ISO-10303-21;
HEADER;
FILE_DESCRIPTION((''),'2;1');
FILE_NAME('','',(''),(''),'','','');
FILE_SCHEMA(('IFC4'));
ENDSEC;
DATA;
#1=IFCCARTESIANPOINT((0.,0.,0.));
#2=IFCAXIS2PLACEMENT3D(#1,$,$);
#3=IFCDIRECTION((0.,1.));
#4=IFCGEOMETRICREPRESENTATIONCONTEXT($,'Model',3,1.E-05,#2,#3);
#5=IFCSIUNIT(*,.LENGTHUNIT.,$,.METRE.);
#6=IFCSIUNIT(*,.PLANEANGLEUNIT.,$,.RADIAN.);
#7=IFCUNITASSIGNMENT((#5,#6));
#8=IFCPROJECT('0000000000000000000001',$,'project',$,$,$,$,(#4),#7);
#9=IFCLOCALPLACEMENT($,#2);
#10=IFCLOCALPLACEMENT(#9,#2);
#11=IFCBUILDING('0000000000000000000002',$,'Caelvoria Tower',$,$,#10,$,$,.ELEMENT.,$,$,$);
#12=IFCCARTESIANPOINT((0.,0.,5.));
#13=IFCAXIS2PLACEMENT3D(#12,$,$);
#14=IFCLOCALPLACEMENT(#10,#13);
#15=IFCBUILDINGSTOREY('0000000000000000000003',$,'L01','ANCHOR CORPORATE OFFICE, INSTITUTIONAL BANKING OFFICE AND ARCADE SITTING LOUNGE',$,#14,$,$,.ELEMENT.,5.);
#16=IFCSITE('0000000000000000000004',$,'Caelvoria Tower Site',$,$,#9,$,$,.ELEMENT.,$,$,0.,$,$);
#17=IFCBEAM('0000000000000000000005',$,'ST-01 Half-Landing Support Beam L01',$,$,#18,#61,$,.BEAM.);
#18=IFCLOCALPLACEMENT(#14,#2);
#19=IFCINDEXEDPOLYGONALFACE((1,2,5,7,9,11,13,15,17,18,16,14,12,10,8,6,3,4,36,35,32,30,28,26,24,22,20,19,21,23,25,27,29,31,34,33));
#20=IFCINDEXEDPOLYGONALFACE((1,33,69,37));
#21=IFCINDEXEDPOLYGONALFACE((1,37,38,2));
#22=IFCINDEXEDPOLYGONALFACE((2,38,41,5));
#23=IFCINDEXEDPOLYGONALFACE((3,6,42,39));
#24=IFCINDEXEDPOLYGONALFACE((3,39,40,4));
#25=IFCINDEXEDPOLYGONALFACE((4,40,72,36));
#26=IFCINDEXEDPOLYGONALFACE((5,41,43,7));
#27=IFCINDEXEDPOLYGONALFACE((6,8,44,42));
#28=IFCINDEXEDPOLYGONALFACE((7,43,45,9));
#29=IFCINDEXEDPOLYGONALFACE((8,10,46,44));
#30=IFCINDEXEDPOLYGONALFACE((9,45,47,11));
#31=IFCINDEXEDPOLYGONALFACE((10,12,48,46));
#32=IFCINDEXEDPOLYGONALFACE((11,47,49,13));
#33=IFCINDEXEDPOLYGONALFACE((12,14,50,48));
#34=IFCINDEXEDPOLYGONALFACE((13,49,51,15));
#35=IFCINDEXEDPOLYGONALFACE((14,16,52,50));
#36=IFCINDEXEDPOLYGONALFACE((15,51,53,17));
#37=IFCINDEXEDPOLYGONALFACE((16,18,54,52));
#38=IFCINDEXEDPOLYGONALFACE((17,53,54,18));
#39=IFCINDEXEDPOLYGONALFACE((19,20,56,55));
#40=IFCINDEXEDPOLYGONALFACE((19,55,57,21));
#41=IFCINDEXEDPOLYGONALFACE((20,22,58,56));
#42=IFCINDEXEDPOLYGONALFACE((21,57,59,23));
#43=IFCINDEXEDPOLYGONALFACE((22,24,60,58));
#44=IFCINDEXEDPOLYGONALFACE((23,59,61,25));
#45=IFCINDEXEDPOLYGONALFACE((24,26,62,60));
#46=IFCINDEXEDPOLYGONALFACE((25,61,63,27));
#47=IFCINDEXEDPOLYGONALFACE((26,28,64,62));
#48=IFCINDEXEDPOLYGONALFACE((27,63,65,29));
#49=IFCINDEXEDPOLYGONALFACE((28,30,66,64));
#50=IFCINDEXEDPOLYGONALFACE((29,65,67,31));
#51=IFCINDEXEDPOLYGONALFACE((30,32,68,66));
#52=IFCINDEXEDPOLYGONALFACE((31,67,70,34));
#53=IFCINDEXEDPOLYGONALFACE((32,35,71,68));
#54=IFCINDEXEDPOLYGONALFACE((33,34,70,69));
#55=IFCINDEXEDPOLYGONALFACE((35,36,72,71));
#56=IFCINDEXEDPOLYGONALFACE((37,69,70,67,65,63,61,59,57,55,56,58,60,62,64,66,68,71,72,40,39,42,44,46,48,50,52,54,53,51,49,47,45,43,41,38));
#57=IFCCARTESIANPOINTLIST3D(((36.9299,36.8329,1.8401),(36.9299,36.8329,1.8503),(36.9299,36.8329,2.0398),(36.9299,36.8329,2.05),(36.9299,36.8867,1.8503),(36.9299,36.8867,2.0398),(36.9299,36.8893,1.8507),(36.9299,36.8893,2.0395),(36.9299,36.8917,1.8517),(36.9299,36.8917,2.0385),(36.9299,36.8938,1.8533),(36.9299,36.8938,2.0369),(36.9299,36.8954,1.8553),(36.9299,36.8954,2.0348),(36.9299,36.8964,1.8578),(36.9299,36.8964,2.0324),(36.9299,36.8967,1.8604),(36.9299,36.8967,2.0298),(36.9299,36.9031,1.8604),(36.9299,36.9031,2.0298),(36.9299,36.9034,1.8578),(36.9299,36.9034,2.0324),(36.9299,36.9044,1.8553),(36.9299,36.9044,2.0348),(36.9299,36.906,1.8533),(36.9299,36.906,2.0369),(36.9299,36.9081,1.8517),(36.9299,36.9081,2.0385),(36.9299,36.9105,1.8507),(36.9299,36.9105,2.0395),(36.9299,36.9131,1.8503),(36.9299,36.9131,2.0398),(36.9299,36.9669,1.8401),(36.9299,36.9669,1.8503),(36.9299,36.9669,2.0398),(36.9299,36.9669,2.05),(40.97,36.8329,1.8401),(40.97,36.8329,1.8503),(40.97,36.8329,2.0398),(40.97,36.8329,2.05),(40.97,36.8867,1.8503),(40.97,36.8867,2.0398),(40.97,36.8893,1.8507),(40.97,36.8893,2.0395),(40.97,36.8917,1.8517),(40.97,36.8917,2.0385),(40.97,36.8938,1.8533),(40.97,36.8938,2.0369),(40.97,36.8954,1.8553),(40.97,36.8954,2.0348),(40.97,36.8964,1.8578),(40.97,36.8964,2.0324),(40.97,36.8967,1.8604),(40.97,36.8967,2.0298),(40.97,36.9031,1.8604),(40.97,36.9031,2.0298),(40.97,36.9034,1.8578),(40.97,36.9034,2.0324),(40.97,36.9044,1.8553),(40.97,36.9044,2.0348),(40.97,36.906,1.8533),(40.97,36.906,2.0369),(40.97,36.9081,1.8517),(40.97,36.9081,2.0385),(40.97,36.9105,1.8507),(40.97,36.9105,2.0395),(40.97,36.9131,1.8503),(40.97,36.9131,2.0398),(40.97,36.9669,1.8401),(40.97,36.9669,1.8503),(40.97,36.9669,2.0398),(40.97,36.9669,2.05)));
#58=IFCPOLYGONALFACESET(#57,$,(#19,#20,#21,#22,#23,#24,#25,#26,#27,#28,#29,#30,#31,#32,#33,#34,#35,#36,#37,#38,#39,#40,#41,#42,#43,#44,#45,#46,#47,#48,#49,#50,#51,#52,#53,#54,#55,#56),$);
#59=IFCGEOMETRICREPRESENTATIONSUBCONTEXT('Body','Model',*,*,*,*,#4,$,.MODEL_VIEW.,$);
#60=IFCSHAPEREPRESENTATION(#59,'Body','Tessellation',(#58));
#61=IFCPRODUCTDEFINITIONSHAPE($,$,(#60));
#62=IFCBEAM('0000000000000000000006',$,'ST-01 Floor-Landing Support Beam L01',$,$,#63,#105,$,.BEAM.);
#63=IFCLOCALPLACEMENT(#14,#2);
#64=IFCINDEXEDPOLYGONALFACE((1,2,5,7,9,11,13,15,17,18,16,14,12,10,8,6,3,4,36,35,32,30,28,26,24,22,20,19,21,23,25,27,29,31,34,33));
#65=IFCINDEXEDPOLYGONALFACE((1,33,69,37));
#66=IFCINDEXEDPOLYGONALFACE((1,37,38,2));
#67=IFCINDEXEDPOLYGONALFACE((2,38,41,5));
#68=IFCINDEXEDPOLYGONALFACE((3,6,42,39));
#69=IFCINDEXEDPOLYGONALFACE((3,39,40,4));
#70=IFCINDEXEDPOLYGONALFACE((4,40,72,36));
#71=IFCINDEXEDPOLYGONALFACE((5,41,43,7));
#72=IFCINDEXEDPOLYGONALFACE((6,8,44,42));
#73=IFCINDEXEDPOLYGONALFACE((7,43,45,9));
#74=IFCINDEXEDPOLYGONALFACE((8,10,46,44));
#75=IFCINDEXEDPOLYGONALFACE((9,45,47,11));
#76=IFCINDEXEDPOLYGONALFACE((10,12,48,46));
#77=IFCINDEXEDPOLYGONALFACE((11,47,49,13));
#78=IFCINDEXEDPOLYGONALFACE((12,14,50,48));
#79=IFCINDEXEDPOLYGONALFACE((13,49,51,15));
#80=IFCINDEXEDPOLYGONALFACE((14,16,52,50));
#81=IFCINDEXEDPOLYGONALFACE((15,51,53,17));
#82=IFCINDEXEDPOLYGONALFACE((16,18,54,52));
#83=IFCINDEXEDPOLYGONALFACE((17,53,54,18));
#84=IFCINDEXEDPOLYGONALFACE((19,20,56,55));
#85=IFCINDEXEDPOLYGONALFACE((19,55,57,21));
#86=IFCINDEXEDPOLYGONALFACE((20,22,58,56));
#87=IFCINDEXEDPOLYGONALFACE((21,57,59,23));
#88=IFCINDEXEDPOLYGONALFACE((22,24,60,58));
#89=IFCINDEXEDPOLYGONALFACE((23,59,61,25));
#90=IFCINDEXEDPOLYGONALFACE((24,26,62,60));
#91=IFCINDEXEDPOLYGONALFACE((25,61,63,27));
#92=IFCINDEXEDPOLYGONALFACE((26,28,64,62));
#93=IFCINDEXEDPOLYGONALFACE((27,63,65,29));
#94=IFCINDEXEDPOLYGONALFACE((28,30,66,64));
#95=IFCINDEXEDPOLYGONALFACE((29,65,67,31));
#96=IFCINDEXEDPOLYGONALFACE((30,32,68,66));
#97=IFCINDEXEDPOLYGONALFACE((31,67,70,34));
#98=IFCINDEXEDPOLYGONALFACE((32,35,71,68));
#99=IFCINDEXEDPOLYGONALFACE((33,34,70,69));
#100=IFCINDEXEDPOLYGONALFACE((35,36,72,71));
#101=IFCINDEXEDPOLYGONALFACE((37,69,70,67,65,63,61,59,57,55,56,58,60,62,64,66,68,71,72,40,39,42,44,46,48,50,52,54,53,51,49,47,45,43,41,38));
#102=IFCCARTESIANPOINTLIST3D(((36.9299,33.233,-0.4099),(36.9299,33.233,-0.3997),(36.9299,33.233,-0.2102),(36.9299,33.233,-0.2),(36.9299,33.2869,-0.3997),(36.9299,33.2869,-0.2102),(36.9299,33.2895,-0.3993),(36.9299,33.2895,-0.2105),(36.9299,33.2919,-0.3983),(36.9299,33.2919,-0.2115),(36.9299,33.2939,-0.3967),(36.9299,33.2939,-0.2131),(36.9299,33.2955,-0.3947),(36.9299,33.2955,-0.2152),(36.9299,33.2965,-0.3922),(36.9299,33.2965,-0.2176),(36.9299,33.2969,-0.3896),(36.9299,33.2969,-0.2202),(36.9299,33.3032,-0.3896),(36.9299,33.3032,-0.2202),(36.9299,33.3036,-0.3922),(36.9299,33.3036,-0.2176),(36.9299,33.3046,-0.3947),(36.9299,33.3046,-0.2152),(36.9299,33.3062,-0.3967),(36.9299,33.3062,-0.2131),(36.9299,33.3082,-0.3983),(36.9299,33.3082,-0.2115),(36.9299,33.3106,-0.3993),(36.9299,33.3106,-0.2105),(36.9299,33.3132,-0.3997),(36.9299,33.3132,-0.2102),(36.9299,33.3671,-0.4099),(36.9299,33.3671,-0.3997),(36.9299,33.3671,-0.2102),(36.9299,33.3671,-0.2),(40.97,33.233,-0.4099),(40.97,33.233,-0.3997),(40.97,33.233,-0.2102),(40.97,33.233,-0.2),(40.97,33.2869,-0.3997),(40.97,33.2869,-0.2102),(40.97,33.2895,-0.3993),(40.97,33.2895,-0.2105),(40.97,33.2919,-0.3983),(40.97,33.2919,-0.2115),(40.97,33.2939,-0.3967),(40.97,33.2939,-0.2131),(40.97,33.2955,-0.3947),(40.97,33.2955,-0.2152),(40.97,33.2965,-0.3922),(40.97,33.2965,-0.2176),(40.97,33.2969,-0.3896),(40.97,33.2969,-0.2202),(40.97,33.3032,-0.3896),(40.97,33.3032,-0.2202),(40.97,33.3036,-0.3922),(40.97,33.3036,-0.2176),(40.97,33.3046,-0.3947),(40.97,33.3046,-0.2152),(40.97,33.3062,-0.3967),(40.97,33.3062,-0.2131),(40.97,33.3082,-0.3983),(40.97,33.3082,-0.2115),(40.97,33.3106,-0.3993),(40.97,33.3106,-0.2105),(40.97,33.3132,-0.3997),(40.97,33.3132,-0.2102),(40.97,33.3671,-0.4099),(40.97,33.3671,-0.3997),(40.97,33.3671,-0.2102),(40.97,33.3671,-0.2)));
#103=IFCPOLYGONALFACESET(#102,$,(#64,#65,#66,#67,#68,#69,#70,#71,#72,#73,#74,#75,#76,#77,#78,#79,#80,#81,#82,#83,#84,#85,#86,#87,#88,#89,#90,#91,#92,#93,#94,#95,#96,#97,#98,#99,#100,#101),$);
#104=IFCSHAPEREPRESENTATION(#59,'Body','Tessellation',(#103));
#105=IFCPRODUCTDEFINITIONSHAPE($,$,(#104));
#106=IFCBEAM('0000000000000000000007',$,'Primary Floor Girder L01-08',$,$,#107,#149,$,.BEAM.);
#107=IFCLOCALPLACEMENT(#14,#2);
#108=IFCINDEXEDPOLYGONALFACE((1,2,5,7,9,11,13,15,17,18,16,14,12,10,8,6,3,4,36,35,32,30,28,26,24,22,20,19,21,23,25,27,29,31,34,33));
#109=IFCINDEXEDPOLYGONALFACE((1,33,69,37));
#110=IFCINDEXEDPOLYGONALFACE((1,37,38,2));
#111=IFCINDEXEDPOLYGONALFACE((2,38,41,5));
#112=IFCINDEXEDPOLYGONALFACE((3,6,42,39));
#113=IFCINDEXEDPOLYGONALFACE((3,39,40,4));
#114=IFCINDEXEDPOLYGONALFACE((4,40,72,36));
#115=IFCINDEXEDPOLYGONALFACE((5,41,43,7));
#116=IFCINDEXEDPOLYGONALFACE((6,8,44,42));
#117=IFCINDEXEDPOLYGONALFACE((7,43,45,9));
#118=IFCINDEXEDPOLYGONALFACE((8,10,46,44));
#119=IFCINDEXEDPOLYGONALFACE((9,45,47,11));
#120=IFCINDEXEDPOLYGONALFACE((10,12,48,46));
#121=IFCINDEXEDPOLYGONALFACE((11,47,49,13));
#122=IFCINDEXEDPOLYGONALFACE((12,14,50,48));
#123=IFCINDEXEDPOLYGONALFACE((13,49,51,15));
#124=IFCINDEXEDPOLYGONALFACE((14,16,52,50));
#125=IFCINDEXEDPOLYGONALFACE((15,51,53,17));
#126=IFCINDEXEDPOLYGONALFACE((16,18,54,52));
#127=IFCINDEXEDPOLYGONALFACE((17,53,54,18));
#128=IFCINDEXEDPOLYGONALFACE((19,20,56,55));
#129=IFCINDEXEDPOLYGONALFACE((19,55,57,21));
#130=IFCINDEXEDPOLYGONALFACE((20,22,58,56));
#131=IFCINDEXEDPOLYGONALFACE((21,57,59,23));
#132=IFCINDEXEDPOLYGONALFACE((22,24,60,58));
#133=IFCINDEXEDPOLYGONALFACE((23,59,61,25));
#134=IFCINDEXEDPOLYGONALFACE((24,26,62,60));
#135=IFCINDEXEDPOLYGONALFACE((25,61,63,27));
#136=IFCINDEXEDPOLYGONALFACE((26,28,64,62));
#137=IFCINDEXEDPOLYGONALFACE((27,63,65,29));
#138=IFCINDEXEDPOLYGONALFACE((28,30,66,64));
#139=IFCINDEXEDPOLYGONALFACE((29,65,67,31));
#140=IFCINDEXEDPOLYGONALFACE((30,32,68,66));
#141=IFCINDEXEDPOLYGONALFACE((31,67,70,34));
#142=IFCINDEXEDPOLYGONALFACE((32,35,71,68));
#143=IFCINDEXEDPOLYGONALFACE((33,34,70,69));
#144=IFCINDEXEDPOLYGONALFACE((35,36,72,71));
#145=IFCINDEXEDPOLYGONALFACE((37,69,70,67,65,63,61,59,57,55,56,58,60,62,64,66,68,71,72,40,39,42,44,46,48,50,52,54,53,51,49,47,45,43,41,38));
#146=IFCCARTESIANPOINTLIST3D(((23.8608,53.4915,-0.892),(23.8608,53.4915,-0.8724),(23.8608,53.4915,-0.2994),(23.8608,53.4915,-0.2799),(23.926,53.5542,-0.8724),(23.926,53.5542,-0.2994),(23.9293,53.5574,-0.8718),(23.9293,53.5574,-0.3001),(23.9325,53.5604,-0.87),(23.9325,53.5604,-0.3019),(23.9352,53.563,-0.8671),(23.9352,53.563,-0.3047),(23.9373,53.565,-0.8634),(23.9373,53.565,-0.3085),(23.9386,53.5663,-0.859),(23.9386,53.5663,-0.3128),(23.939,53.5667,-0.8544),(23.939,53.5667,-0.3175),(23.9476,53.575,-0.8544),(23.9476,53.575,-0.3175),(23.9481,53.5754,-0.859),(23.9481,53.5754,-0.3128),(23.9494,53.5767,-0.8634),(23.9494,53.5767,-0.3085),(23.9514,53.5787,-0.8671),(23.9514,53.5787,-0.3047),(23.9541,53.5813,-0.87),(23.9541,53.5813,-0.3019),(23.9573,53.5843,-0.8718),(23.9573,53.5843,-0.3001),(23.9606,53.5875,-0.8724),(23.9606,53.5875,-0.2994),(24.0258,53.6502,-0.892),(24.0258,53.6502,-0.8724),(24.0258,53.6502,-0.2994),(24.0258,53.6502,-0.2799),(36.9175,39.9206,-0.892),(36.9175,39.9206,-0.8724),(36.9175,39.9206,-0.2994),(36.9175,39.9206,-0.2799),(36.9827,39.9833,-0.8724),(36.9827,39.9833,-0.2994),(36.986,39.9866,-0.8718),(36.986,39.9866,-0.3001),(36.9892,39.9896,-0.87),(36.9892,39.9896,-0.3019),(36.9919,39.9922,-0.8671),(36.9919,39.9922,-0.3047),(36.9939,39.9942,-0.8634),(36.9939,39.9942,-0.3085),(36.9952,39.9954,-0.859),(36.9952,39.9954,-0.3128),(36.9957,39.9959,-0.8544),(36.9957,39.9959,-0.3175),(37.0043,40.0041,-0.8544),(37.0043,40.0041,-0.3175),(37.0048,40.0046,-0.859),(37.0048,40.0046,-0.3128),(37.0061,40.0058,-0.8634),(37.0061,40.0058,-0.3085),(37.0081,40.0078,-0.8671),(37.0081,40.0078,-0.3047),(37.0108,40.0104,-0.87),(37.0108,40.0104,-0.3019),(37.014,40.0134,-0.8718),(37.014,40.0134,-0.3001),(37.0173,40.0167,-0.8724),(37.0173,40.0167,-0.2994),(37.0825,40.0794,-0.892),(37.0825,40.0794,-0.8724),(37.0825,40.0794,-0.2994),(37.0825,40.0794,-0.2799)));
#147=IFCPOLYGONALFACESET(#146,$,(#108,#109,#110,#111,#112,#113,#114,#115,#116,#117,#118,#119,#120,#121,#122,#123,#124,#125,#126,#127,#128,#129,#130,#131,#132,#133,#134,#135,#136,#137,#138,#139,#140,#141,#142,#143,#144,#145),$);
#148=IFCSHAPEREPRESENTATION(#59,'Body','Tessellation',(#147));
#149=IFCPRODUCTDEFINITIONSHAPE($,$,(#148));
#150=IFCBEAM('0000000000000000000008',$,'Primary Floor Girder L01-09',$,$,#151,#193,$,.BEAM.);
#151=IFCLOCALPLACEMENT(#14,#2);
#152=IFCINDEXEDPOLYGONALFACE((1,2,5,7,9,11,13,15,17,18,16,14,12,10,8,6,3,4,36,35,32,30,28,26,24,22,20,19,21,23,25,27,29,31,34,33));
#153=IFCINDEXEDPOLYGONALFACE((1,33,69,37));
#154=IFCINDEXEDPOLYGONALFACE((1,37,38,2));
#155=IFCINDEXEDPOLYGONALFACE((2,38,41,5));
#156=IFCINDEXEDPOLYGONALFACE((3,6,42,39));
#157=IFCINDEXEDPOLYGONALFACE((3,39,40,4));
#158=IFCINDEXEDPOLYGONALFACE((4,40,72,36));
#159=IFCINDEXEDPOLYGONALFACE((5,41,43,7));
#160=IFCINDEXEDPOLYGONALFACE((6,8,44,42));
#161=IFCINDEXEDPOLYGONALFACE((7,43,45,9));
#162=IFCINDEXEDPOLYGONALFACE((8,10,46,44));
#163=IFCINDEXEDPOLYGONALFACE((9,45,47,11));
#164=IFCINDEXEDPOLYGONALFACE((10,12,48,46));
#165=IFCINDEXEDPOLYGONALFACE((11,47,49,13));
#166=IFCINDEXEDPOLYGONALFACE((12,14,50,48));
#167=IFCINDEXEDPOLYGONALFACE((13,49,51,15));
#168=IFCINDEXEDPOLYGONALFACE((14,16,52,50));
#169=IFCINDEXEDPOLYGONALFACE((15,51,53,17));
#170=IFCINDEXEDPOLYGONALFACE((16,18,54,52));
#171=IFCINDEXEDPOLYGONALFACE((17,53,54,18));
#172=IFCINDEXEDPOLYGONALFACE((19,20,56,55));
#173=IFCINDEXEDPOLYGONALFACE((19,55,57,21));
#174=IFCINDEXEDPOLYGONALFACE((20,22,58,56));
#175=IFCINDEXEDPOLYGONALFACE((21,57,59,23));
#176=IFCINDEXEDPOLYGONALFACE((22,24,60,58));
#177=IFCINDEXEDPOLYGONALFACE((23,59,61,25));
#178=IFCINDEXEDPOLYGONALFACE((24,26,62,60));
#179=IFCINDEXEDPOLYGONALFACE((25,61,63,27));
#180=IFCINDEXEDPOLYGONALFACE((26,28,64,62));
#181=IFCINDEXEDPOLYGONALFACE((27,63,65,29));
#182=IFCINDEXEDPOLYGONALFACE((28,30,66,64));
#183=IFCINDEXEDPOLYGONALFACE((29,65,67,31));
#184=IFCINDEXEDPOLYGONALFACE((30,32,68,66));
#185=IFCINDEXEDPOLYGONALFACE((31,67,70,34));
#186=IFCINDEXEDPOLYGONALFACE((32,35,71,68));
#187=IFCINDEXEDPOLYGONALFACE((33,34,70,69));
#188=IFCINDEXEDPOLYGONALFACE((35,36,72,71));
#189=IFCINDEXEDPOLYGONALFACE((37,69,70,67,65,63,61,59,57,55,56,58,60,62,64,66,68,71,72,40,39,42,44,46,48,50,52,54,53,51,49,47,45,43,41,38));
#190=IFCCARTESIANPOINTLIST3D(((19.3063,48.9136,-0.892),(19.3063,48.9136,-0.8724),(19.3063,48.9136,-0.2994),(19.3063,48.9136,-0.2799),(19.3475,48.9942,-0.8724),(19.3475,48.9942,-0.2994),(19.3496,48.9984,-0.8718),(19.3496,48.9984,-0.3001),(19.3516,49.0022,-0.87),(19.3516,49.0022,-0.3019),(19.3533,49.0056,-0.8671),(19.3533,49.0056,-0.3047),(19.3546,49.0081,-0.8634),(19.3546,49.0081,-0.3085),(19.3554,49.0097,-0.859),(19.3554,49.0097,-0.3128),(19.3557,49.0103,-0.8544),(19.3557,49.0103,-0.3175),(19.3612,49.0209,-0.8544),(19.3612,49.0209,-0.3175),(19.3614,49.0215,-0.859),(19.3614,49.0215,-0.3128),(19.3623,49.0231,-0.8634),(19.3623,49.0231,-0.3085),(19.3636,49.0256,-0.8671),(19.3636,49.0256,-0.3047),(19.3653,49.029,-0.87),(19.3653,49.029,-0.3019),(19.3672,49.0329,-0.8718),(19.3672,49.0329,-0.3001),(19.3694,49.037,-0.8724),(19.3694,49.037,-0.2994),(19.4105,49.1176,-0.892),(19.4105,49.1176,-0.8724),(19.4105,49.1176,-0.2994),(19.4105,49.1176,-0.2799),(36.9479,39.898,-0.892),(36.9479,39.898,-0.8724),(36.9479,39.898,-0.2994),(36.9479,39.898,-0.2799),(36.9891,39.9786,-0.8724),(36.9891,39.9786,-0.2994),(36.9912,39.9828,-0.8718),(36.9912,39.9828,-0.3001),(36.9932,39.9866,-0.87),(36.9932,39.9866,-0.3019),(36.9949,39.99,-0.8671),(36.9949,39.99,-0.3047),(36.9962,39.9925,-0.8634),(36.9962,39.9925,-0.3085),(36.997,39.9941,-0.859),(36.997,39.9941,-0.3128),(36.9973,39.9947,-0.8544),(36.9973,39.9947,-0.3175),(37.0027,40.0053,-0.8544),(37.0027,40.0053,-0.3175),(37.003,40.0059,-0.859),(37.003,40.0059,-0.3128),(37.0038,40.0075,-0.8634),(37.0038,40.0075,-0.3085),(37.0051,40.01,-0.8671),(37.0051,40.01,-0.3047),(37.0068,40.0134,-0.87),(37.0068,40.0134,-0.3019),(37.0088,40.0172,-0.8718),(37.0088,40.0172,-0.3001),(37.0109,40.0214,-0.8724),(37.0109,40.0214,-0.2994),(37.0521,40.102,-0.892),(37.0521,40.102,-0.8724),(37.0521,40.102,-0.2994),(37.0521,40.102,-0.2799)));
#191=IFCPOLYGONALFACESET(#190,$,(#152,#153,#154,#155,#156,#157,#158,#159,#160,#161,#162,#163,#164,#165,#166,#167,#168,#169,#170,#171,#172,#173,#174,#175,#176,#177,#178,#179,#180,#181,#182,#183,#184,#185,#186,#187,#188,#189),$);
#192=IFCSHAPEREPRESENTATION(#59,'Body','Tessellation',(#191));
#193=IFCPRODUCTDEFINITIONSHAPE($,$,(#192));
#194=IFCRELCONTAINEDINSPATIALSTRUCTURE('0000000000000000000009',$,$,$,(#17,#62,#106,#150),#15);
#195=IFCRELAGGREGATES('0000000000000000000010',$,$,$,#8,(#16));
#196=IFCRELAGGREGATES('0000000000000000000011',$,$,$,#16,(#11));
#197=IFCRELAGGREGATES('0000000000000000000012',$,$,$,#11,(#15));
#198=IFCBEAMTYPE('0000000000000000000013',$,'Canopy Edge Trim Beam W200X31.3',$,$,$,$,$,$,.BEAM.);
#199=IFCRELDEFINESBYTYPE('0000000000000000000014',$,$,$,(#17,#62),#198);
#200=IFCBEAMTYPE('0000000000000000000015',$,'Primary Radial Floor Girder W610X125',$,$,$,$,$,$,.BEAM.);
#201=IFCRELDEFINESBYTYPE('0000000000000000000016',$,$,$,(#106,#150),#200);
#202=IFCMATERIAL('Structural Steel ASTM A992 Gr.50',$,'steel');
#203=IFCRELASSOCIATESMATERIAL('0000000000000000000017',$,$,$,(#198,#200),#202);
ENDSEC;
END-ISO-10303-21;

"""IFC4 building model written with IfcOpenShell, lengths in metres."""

from ifc_helpers import new_model, si_unit, direction, frame, origin, origin_2d, place, context, subcontext, project, spatial, i_section, extrude, material, material_profile, profile_set, type_object, element, save


model = new_model("IFC4")

# Units and contexts
model_context = context("Model", 3, precision=1e-05, world=origin(), true_north=direction((0.0, 1.0)))
body_context = subcontext(model_context, "Body", "Model", "MODEL_VIEW")
ifc_project = project(units=[si_unit("LENGTHUNIT", "METRE"), si_unit("PLANEANGLEUNIT", "RADIAN")], contexts=[model_context])

# Site, building, storey
site_placement = place(None, origin())
site = spatial("IfcSite", under=ifc_project, at=site_placement, Name="Caelvoria Tower Site", CompositionType="ELEMENT", RefElevation=0.0)
building_placement = place(site_placement, origin())
building = spatial("IfcBuilding", under=site, at=building_placement, Name="Caelvoria Tower", CompositionType="ELEMENT")
storey_placement = place(building_placement, frame((0.0, 0.0, 5.0)))
storey = spatial("IfcBuildingStorey", under=building, at=storey_placement, Name="L01", Description="ANCHOR CORPORATE OFFICE, INSTITUTIONAL BANKING OFFICE AND ARCADE SITTING LOUNGE", CompositionType="ELEMENT", Elevation=5.0)

# Beams
ifc_material_1 = material(Name="Structural Steel ASTM A992 Gr.50", Category="steel")
ifc_material_profile_1 = material_profile(ifc_material_1, i_section(OverallWidth=0.134, OverallDepth=0.21, WebThickness=0.0063, FlangeThickness=0.0103, FilletRadius=0.01, at=origin_2d()), Name="Structural Steel ASTM A992 Gr.50")
ifc_profile_set_1 = profile_set([ifc_material_profile_1], Name="W200X31.3 - Structural Steel ASTM A992 Gr.50")
beam_type_1 = type_object("IfcBeamType", Name="Canopy Edge Trim Beam W200X31.3", PredefinedType="BEAM", material=ifc_profile_set_1)
for number, where, z_axis, x_axis, name in (
    (1, (36.9299, 36.8999, 1.9451), (1.0, 0.0, 0.0), (0.0, 1.0, 0.0), "ST-01 Half-Landing Support Beam L01"),
    (2, (36.9299, 33.3, -0.3049), (1.0, 0.0, 0.0), (0.0, 1.0, 0.0), "ST-01 Floor-Landing Support Beam L01"),
):
    element("IfcBeam", number, at=place(storey_placement, frame(where, z_axis=z_axis, x_axis=x_axis)), inside=storey, type_object=beam_type_1, Name=name, PredefinedType="BEAM", context=body_context, shape_type="SweptSolid", body=[
        extrude(i_section(OverallWidth=0.134, OverallDepth=0.21, WebThickness=0.0063, FlangeThickness=0.0103, FilletRadius=0.01, at=origin_2d()), origin(), (0.0, 0.0, 1.0), 4.04),
    ])
ifc_material_profile_2 = material_profile(ifc_material_1, i_section(OverallWidth=0.229, OverallDepth=0.6121, WebThickness=0.012, FlangeThickness=0.0195, FilletRadius=0.0181, at=origin_2d()), Name="Structural Steel ASTM A992 Gr.50")
ifc_profile_set_2 = profile_set([ifc_material_profile_2], Name="W610X125 - Structural Steel ASTM A992 Gr.50")
beam_type_2 = type_object("IfcBeamType", Name="Primary Radial Floor Girder W610X125", PredefinedType="BEAM", material=ifc_profile_set_2)
beam_1_placement = place(storey_placement, frame((37.0, 40.0, -0.5859), z_axis=(-0.693324, 0.720626, 0.0), x_axis=(-0.720626, -0.693324, 0.0)))
element("IfcBeam", 3, at=beam_1_placement, inside=storey, type_object=beam_type_2, Name="Primary Floor Girder L01-08", PredefinedType="BEAM", context=body_context, shape_type="SweptSolid", body=[
    extrude(i_section(OverallWidth=0.229, OverallDepth=0.6121, WebThickness=0.012, FlangeThickness=0.0195, FilletRadius=0.0181, at=origin_2d()), origin(), (0.0, 0.0, 1.0), 18.832),
])
beam_2_placement = place(storey_placement, frame((37.0, 40.0, -0.5859), z_axis=(-0.890459, 0.455063, 0.0), x_axis=(-0.455063, -0.890459, 0.0)))
element("IfcBeam", 4, at=beam_2_placement, inside=storey, type_object=beam_type_2, Name="Primary Floor Girder L01-09", PredefinedType="BEAM", context=body_context, shape_type="SweptSolid", body=[
    extrude(i_section(OverallWidth=0.229, OverallDepth=0.6121, WebThickness=0.012, FlangeThickness=0.0195, FilletRadius=0.0181, at=origin_2d()), origin(), (0.0, 0.0, 1.0), 19.8118),
])

save(model, "model.ifc")
